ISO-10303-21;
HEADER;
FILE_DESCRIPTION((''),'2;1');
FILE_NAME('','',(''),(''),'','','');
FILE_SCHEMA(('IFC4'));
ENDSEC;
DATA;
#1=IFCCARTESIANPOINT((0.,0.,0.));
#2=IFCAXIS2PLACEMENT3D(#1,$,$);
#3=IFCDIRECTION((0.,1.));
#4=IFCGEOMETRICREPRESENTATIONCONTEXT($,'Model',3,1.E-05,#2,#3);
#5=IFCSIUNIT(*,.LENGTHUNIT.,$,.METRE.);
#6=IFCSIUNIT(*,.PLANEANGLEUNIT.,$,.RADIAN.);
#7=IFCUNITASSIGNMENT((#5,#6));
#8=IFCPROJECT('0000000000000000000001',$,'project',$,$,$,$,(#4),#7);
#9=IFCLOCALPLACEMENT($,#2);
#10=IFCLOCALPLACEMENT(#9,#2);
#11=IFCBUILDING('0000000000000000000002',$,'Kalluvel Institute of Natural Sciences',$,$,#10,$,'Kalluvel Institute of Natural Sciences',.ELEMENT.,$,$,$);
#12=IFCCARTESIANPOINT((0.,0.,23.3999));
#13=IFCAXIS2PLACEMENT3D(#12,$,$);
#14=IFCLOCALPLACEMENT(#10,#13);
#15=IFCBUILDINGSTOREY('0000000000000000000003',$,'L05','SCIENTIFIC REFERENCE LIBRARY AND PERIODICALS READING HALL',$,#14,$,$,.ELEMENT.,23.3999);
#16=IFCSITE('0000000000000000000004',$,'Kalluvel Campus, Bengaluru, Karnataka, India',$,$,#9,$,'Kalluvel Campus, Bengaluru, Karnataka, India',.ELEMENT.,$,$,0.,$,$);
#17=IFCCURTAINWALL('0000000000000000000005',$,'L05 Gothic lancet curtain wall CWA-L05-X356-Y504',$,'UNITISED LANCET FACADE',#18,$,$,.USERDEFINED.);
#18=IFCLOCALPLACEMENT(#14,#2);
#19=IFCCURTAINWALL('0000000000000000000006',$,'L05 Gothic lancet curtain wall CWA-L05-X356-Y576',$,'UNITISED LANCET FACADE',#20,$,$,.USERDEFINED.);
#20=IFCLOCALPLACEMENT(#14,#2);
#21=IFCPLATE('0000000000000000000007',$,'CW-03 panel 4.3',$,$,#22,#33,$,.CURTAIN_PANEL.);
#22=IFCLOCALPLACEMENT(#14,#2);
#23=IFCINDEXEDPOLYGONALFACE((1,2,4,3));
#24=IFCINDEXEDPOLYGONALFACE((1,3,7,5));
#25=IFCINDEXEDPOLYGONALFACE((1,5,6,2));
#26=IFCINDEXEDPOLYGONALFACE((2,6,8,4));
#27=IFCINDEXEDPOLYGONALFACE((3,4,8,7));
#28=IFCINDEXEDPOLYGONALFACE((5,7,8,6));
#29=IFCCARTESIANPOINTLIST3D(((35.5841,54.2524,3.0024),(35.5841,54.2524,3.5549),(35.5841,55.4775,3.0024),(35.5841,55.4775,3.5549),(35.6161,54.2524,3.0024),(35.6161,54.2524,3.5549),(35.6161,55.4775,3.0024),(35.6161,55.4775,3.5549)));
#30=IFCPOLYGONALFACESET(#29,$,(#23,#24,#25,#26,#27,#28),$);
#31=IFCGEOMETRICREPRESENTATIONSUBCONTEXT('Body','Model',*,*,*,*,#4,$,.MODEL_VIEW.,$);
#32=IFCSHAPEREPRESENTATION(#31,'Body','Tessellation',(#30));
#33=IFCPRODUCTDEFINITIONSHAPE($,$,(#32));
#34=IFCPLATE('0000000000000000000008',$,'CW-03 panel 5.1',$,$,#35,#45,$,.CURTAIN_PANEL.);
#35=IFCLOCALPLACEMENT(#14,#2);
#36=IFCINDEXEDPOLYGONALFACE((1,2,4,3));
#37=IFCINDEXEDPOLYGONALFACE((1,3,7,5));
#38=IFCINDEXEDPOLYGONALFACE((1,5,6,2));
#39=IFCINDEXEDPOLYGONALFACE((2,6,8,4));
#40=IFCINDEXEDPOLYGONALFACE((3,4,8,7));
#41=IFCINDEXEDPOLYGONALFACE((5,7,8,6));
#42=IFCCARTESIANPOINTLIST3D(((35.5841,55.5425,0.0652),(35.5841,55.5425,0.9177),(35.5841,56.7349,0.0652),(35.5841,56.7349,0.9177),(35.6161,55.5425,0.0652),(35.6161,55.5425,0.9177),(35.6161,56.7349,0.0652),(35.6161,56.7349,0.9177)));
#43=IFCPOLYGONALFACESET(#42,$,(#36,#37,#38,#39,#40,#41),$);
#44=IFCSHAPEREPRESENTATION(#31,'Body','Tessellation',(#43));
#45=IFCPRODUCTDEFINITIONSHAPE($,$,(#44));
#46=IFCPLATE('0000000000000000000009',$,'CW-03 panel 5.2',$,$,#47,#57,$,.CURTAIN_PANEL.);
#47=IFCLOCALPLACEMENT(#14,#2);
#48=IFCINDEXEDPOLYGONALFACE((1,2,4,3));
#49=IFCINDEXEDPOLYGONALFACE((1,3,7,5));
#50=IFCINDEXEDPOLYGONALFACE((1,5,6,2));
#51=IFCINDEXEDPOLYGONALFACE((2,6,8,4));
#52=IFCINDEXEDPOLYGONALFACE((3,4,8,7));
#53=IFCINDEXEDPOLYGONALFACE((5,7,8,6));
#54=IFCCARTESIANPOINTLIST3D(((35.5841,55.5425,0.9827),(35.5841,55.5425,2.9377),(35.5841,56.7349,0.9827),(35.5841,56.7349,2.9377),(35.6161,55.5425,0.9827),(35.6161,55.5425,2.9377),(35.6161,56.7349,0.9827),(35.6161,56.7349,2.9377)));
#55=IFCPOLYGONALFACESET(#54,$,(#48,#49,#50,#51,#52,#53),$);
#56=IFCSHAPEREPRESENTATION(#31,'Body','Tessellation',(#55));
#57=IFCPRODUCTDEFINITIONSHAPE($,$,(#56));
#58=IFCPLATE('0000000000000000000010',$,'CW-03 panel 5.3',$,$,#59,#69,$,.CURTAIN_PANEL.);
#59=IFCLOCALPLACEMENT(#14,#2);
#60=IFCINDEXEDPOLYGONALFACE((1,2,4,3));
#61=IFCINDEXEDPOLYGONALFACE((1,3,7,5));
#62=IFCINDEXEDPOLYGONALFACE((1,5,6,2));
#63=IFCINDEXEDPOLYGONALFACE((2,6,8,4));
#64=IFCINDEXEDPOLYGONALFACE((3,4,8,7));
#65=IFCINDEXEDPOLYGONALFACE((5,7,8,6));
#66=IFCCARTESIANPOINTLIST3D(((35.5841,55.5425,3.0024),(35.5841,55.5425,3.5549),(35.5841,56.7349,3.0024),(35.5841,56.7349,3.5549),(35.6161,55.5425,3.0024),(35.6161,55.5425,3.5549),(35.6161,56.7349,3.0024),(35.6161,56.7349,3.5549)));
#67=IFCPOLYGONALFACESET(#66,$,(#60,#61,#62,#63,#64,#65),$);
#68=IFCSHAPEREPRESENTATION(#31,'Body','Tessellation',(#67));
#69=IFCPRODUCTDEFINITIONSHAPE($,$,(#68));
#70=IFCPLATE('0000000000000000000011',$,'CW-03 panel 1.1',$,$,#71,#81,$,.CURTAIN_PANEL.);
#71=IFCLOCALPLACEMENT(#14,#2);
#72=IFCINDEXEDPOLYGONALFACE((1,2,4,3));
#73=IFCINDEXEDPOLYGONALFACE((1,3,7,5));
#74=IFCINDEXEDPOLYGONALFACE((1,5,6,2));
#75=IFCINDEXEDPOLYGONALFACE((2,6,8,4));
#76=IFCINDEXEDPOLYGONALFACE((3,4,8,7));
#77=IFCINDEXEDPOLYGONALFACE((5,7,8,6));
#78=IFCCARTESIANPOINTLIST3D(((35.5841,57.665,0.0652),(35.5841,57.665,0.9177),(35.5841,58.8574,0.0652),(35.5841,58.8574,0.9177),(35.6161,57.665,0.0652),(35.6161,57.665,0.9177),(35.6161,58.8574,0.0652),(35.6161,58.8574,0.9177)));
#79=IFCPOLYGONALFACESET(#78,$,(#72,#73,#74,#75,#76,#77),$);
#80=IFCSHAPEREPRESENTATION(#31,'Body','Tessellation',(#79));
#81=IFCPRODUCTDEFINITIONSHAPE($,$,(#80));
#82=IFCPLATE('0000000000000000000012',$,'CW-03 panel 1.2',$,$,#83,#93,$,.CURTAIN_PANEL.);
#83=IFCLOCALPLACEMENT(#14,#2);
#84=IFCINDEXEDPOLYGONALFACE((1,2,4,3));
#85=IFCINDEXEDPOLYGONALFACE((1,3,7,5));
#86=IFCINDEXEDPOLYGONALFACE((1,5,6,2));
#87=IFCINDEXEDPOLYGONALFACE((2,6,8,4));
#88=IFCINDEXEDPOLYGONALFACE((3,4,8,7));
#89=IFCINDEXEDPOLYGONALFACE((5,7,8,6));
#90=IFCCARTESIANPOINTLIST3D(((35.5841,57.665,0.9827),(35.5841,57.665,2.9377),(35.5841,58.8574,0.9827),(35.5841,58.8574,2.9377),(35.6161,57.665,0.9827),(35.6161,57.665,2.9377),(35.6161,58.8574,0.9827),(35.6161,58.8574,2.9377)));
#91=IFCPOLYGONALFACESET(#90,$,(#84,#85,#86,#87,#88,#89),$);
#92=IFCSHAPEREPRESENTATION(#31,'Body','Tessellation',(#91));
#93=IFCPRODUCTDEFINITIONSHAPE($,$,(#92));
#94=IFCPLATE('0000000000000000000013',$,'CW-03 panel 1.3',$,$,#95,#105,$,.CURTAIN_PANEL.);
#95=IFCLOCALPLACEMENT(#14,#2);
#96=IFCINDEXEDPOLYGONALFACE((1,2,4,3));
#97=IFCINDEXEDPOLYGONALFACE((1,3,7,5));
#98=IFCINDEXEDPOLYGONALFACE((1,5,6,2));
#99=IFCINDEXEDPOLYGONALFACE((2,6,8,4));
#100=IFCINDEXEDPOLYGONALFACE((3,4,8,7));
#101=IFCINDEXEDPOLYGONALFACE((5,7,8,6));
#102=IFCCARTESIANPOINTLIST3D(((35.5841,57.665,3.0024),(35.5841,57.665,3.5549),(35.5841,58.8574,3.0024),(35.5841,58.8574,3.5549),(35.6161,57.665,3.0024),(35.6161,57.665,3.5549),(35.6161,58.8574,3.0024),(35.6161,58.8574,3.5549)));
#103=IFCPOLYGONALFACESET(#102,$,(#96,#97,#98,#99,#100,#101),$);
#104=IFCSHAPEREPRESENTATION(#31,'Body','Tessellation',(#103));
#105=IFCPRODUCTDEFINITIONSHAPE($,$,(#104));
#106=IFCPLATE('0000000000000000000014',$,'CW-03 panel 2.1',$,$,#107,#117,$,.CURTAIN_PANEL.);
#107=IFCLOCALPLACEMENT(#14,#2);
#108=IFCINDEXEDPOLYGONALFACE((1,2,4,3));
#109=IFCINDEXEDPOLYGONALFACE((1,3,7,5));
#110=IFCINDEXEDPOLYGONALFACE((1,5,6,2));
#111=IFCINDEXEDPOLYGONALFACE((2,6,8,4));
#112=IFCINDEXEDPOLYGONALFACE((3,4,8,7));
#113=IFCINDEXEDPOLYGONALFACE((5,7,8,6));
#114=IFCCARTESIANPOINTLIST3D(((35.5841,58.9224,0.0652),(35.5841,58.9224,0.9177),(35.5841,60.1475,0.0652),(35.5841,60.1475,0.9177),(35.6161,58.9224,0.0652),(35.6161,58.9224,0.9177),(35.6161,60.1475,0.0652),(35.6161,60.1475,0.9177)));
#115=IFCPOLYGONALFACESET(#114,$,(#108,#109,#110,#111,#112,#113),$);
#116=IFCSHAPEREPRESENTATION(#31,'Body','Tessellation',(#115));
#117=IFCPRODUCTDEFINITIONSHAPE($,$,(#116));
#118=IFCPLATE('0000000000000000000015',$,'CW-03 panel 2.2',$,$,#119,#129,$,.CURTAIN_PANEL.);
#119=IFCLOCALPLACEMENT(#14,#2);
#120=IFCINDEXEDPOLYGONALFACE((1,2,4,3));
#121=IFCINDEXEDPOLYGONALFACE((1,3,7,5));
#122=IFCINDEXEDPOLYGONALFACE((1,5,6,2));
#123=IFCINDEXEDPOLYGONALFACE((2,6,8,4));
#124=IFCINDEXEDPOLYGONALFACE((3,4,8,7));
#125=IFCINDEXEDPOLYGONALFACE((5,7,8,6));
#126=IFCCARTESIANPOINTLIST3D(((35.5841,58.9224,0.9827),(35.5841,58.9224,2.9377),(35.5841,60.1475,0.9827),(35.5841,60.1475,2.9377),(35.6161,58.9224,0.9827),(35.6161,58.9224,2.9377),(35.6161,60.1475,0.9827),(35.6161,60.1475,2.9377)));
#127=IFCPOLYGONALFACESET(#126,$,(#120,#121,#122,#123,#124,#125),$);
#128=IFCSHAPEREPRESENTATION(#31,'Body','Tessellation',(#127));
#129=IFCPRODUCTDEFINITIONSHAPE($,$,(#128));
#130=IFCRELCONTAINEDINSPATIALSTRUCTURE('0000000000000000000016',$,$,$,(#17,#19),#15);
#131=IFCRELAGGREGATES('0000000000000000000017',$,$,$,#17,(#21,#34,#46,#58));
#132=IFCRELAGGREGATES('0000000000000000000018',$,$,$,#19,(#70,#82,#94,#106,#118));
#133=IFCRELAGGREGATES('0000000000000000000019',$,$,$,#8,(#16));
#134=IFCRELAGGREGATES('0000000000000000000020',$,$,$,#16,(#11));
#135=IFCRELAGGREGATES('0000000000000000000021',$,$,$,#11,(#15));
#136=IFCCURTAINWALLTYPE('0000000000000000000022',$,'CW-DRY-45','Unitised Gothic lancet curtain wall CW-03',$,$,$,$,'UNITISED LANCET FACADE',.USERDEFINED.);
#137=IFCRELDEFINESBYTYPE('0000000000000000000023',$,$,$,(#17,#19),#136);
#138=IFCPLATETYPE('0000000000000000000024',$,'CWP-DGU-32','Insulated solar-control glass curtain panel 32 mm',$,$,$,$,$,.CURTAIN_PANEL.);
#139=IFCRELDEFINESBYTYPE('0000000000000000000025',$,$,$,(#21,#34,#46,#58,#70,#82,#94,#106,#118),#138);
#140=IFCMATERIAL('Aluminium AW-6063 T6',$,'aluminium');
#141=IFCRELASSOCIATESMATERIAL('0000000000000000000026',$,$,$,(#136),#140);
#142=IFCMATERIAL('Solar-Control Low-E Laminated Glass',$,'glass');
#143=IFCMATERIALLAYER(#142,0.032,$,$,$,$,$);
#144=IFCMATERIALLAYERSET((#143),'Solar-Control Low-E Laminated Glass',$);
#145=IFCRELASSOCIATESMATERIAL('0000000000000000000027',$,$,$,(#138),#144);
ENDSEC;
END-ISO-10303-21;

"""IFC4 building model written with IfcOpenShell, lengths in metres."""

from ifc_helpers import new_model, si_unit, direction, frame, origin, origin_2d, place, context, subcontext, project, spatial, rectangle, extrude, material, layer, layer_set, type_object, element, aggregate, save


model = new_model("IFC4")

# Units and contexts
model_context = context("Model", 3, precision=1e-05, world=origin(), true_north=direction((0.0, 1.0)))
body_context = subcontext(model_context, "Body", "Model", "MODEL_VIEW")
ifc_project = project(units=[si_unit("LENGTHUNIT", "METRE"), si_unit("PLANEANGLEUNIT", "RADIAN")], contexts=[model_context])

# Site, building, storey
site_placement = place(None, origin())
site = spatial("IfcSite", under=ifc_project, at=site_placement, Name="Kalluvel Campus, Bengaluru, Karnataka, India", LongName="Kalluvel Campus, Bengaluru, Karnataka, India", CompositionType="ELEMENT", RefElevation=0.0)
building_placement = place(site_placement, origin())
building = spatial("IfcBuilding", under=site, at=building_placement, Name="Kalluvel Institute of Natural Sciences", LongName="Kalluvel Institute of Natural Sciences", CompositionType="ELEMENT")
storey_placement = place(building_placement, frame((0.0, 0.0, 23.3999)))
storey = spatial("IfcBuildingStorey", under=building, at=storey_placement, Name="L05", Description="SCIENTIFIC REFERENCE LIBRARY AND PERIODICALS READING HALL", CompositionType="ELEMENT", Elevation=23.3999)

# Curtain walls
ifc_material_1 = material(Name="Aluminium AW-6063 T6", Category="aluminium")
curtain_wall_type = type_object("IfcCurtainWallType", Name="CW-DRY-45", Description="Unitised Gothic lancet curtain wall CW-03", ElementType="UNITISED LANCET FACADE", PredefinedType="USERDEFINED", material=ifc_material_1)
curtain_wall_1_placement = place(storey_placement, origin())
curtain_wall_1 = element("IfcCurtainWall", 1, at=curtain_wall_1_placement, inside=storey, type_object=curtain_wall_type, Name="L05 Gothic lancet curtain wall CWA-L05-X356-Y504", ObjectType="UNITISED LANCET FACADE", PredefinedType="USERDEFINED")
curtain_wall_2_placement = place(storey_placement, origin())
curtain_wall_2 = element("IfcCurtainWall", 2, at=curtain_wall_2_placement, inside=storey, type_object=curtain_wall_type, Name="L05 Gothic lancet curtain wall CWA-L05-X356-Y576", ObjectType="UNITISED LANCET FACADE", PredefinedType="USERDEFINED")

# Plates
ifc_material_2 = material(Name="Solar-Control Low-E Laminated Glass", Category="glass")
ifc_layer = layer(ifc_material_2, 0.032)
ifc_layer_set = layer_set([ifc_layer], Name="Solar-Control Low-E Laminated Glass")
plate_type = type_object("IfcPlateType", Name="CWP-DGU-32", Description="Insulated solar-control glass curtain panel 32 mm", PredefinedType="CURTAIN_PANEL", material=ifc_layer_set)
plate_1_placement = place(storey_placement, frame((35.6001, 54.865, 3.0024), z_axis=(0.0, 0.0, 1.0), x_axis=(0.0, 1.0, 0.0)))
plate_1 = element("IfcPlate", 3, at=plate_1_placement, type_object=plate_type, Name="CW-03 panel 4.3", PredefinedType="CURTAIN_PANEL", context=body_context, shape_type="SweptSolid", body=[
    extrude(rectangle(XDim=1.2251, YDim=0.032, at=origin_2d()), origin(), (0.0, 0.0, 1.0), 0.5525),
])
plate_2_placement = place(storey_placement, frame((35.6001, 56.1387, 0.0652), z_axis=(0.0, 0.0, 1.0), x_axis=(0.0, 1.0, 0.0)))
plate_2 = element("IfcPlate", 4, at=plate_2_placement, type_object=plate_type, Name="CW-03 panel 5.1", PredefinedType="CURTAIN_PANEL", context=body_context, shape_type="SweptSolid", body=[
    extrude(rectangle(XDim=1.1924, YDim=0.032, at=origin_2d()), origin(), (0.0, 0.0, 1.0), 0.8525),
])
plate_3_placement = place(storey_placement, frame((35.6001, 56.1387, 0.9827), z_axis=(0.0, 0.0, 1.0), x_axis=(0.0, 1.0, 0.0)))
plate_3 = element("IfcPlate", 5, at=plate_3_placement, type_object=plate_type, Name="CW-03 panel 5.2", PredefinedType="CURTAIN_PANEL", context=body_context, shape_type="SweptSolid", body=[
    extrude(rectangle(XDim=1.1924, YDim=0.032, at=origin_2d()), origin(), (0.0, 0.0, 1.0), 1.9551),
])
plate_4_placement = place(storey_placement, frame((35.6001, 56.1387, 3.0024), z_axis=(0.0, 0.0, 1.0), x_axis=(0.0, 1.0, 0.0)))
plate_4 = element("IfcPlate", 6, at=plate_4_placement, type_object=plate_type, Name="CW-03 panel 5.3", PredefinedType="CURTAIN_PANEL", context=body_context, shape_type="SweptSolid", body=[
    extrude(rectangle(XDim=1.1924, YDim=0.032, at=origin_2d()), origin(), (0.0, 0.0, 1.0), 0.5525),
])
aggregate(curtain_wall_1, [plate_1, plate_2, plate_3, plate_4])
plate_5_placement = place(storey_placement, frame((35.6001, 58.2612, 0.0652), z_axis=(0.0, 0.0, 1.0), x_axis=(0.0, 1.0, 0.0)))
plate_5 = element("IfcPlate", 7, at=plate_5_placement, type_object=plate_type, Name="CW-03 panel 1.1", PredefinedType="CURTAIN_PANEL", context=body_context, shape_type="SweptSolid", body=[
    extrude(rectangle(XDim=1.1924, YDim=0.032, at=origin_2d()), origin(), (0.0, 0.0, 1.0), 0.8525),
])
plate_6_placement = place(storey_placement, frame((35.6001, 58.2612, 0.9827), z_axis=(0.0, 0.0, 1.0), x_axis=(0.0, 1.0, 0.0)))
plate_6 = element("IfcPlate", 8, at=plate_6_placement, type_object=plate_type, Name="CW-03 panel 1.2", PredefinedType="CURTAIN_PANEL", context=body_context, shape_type="SweptSolid", body=[
    extrude(rectangle(XDim=1.1924, YDim=0.032, at=origin_2d()), origin(), (0.0, 0.0, 1.0), 1.9551),
])
plate_7_placement = place(storey_placement, frame((35.6001, 58.2612, 3.0024), z_axis=(0.0, 0.0, 1.0), x_axis=(0.0, 1.0, 0.0)))
plate_7 = element("IfcPlate", 9, at=plate_7_placement, type_object=plate_type, Name="CW-03 panel 1.3", PredefinedType="CURTAIN_PANEL", context=body_context, shape_type="SweptSolid", body=[
    extrude(rectangle(XDim=1.1924, YDim=0.032, at=origin_2d()), origin(), (0.0, 0.0, 1.0), 0.5525),
])
plate_8_placement = place(storey_placement, frame((35.6001, 59.5349, 0.0652), z_axis=(0.0, 0.0, 1.0), x_axis=(0.0, 1.0, 0.0)))
plate_8 = element("IfcPlate", 10, at=plate_8_placement, type_object=plate_type, Name="CW-03 panel 2.1", PredefinedType="CURTAIN_PANEL", context=body_context, shape_type="SweptSolid", body=[
    extrude(rectangle(XDim=1.2251, YDim=0.032, at=origin_2d()), origin(), (0.0, 0.0, 1.0), 0.8525),
])
plate_9_placement = place(storey_placement, frame((35.6001, 59.5349, 0.9827), z_axis=(0.0, 0.0, 1.0), x_axis=(0.0, 1.0, 0.0)))
plate_9 = element("IfcPlate", 11, at=plate_9_placement, type_object=plate_type, Name="CW-03 panel 2.2", PredefinedType="CURTAIN_PANEL", context=body_context, shape_type="SweptSolid", body=[
    extrude(rectangle(XDim=1.2251, YDim=0.032, at=origin_2d()), origin(), (0.0, 0.0, 1.0), 1.9551),
])
aggregate(curtain_wall_2, [plate_5, plate_6, plate_7, plate_8, plate_9])

save(model, "model.ifc")
